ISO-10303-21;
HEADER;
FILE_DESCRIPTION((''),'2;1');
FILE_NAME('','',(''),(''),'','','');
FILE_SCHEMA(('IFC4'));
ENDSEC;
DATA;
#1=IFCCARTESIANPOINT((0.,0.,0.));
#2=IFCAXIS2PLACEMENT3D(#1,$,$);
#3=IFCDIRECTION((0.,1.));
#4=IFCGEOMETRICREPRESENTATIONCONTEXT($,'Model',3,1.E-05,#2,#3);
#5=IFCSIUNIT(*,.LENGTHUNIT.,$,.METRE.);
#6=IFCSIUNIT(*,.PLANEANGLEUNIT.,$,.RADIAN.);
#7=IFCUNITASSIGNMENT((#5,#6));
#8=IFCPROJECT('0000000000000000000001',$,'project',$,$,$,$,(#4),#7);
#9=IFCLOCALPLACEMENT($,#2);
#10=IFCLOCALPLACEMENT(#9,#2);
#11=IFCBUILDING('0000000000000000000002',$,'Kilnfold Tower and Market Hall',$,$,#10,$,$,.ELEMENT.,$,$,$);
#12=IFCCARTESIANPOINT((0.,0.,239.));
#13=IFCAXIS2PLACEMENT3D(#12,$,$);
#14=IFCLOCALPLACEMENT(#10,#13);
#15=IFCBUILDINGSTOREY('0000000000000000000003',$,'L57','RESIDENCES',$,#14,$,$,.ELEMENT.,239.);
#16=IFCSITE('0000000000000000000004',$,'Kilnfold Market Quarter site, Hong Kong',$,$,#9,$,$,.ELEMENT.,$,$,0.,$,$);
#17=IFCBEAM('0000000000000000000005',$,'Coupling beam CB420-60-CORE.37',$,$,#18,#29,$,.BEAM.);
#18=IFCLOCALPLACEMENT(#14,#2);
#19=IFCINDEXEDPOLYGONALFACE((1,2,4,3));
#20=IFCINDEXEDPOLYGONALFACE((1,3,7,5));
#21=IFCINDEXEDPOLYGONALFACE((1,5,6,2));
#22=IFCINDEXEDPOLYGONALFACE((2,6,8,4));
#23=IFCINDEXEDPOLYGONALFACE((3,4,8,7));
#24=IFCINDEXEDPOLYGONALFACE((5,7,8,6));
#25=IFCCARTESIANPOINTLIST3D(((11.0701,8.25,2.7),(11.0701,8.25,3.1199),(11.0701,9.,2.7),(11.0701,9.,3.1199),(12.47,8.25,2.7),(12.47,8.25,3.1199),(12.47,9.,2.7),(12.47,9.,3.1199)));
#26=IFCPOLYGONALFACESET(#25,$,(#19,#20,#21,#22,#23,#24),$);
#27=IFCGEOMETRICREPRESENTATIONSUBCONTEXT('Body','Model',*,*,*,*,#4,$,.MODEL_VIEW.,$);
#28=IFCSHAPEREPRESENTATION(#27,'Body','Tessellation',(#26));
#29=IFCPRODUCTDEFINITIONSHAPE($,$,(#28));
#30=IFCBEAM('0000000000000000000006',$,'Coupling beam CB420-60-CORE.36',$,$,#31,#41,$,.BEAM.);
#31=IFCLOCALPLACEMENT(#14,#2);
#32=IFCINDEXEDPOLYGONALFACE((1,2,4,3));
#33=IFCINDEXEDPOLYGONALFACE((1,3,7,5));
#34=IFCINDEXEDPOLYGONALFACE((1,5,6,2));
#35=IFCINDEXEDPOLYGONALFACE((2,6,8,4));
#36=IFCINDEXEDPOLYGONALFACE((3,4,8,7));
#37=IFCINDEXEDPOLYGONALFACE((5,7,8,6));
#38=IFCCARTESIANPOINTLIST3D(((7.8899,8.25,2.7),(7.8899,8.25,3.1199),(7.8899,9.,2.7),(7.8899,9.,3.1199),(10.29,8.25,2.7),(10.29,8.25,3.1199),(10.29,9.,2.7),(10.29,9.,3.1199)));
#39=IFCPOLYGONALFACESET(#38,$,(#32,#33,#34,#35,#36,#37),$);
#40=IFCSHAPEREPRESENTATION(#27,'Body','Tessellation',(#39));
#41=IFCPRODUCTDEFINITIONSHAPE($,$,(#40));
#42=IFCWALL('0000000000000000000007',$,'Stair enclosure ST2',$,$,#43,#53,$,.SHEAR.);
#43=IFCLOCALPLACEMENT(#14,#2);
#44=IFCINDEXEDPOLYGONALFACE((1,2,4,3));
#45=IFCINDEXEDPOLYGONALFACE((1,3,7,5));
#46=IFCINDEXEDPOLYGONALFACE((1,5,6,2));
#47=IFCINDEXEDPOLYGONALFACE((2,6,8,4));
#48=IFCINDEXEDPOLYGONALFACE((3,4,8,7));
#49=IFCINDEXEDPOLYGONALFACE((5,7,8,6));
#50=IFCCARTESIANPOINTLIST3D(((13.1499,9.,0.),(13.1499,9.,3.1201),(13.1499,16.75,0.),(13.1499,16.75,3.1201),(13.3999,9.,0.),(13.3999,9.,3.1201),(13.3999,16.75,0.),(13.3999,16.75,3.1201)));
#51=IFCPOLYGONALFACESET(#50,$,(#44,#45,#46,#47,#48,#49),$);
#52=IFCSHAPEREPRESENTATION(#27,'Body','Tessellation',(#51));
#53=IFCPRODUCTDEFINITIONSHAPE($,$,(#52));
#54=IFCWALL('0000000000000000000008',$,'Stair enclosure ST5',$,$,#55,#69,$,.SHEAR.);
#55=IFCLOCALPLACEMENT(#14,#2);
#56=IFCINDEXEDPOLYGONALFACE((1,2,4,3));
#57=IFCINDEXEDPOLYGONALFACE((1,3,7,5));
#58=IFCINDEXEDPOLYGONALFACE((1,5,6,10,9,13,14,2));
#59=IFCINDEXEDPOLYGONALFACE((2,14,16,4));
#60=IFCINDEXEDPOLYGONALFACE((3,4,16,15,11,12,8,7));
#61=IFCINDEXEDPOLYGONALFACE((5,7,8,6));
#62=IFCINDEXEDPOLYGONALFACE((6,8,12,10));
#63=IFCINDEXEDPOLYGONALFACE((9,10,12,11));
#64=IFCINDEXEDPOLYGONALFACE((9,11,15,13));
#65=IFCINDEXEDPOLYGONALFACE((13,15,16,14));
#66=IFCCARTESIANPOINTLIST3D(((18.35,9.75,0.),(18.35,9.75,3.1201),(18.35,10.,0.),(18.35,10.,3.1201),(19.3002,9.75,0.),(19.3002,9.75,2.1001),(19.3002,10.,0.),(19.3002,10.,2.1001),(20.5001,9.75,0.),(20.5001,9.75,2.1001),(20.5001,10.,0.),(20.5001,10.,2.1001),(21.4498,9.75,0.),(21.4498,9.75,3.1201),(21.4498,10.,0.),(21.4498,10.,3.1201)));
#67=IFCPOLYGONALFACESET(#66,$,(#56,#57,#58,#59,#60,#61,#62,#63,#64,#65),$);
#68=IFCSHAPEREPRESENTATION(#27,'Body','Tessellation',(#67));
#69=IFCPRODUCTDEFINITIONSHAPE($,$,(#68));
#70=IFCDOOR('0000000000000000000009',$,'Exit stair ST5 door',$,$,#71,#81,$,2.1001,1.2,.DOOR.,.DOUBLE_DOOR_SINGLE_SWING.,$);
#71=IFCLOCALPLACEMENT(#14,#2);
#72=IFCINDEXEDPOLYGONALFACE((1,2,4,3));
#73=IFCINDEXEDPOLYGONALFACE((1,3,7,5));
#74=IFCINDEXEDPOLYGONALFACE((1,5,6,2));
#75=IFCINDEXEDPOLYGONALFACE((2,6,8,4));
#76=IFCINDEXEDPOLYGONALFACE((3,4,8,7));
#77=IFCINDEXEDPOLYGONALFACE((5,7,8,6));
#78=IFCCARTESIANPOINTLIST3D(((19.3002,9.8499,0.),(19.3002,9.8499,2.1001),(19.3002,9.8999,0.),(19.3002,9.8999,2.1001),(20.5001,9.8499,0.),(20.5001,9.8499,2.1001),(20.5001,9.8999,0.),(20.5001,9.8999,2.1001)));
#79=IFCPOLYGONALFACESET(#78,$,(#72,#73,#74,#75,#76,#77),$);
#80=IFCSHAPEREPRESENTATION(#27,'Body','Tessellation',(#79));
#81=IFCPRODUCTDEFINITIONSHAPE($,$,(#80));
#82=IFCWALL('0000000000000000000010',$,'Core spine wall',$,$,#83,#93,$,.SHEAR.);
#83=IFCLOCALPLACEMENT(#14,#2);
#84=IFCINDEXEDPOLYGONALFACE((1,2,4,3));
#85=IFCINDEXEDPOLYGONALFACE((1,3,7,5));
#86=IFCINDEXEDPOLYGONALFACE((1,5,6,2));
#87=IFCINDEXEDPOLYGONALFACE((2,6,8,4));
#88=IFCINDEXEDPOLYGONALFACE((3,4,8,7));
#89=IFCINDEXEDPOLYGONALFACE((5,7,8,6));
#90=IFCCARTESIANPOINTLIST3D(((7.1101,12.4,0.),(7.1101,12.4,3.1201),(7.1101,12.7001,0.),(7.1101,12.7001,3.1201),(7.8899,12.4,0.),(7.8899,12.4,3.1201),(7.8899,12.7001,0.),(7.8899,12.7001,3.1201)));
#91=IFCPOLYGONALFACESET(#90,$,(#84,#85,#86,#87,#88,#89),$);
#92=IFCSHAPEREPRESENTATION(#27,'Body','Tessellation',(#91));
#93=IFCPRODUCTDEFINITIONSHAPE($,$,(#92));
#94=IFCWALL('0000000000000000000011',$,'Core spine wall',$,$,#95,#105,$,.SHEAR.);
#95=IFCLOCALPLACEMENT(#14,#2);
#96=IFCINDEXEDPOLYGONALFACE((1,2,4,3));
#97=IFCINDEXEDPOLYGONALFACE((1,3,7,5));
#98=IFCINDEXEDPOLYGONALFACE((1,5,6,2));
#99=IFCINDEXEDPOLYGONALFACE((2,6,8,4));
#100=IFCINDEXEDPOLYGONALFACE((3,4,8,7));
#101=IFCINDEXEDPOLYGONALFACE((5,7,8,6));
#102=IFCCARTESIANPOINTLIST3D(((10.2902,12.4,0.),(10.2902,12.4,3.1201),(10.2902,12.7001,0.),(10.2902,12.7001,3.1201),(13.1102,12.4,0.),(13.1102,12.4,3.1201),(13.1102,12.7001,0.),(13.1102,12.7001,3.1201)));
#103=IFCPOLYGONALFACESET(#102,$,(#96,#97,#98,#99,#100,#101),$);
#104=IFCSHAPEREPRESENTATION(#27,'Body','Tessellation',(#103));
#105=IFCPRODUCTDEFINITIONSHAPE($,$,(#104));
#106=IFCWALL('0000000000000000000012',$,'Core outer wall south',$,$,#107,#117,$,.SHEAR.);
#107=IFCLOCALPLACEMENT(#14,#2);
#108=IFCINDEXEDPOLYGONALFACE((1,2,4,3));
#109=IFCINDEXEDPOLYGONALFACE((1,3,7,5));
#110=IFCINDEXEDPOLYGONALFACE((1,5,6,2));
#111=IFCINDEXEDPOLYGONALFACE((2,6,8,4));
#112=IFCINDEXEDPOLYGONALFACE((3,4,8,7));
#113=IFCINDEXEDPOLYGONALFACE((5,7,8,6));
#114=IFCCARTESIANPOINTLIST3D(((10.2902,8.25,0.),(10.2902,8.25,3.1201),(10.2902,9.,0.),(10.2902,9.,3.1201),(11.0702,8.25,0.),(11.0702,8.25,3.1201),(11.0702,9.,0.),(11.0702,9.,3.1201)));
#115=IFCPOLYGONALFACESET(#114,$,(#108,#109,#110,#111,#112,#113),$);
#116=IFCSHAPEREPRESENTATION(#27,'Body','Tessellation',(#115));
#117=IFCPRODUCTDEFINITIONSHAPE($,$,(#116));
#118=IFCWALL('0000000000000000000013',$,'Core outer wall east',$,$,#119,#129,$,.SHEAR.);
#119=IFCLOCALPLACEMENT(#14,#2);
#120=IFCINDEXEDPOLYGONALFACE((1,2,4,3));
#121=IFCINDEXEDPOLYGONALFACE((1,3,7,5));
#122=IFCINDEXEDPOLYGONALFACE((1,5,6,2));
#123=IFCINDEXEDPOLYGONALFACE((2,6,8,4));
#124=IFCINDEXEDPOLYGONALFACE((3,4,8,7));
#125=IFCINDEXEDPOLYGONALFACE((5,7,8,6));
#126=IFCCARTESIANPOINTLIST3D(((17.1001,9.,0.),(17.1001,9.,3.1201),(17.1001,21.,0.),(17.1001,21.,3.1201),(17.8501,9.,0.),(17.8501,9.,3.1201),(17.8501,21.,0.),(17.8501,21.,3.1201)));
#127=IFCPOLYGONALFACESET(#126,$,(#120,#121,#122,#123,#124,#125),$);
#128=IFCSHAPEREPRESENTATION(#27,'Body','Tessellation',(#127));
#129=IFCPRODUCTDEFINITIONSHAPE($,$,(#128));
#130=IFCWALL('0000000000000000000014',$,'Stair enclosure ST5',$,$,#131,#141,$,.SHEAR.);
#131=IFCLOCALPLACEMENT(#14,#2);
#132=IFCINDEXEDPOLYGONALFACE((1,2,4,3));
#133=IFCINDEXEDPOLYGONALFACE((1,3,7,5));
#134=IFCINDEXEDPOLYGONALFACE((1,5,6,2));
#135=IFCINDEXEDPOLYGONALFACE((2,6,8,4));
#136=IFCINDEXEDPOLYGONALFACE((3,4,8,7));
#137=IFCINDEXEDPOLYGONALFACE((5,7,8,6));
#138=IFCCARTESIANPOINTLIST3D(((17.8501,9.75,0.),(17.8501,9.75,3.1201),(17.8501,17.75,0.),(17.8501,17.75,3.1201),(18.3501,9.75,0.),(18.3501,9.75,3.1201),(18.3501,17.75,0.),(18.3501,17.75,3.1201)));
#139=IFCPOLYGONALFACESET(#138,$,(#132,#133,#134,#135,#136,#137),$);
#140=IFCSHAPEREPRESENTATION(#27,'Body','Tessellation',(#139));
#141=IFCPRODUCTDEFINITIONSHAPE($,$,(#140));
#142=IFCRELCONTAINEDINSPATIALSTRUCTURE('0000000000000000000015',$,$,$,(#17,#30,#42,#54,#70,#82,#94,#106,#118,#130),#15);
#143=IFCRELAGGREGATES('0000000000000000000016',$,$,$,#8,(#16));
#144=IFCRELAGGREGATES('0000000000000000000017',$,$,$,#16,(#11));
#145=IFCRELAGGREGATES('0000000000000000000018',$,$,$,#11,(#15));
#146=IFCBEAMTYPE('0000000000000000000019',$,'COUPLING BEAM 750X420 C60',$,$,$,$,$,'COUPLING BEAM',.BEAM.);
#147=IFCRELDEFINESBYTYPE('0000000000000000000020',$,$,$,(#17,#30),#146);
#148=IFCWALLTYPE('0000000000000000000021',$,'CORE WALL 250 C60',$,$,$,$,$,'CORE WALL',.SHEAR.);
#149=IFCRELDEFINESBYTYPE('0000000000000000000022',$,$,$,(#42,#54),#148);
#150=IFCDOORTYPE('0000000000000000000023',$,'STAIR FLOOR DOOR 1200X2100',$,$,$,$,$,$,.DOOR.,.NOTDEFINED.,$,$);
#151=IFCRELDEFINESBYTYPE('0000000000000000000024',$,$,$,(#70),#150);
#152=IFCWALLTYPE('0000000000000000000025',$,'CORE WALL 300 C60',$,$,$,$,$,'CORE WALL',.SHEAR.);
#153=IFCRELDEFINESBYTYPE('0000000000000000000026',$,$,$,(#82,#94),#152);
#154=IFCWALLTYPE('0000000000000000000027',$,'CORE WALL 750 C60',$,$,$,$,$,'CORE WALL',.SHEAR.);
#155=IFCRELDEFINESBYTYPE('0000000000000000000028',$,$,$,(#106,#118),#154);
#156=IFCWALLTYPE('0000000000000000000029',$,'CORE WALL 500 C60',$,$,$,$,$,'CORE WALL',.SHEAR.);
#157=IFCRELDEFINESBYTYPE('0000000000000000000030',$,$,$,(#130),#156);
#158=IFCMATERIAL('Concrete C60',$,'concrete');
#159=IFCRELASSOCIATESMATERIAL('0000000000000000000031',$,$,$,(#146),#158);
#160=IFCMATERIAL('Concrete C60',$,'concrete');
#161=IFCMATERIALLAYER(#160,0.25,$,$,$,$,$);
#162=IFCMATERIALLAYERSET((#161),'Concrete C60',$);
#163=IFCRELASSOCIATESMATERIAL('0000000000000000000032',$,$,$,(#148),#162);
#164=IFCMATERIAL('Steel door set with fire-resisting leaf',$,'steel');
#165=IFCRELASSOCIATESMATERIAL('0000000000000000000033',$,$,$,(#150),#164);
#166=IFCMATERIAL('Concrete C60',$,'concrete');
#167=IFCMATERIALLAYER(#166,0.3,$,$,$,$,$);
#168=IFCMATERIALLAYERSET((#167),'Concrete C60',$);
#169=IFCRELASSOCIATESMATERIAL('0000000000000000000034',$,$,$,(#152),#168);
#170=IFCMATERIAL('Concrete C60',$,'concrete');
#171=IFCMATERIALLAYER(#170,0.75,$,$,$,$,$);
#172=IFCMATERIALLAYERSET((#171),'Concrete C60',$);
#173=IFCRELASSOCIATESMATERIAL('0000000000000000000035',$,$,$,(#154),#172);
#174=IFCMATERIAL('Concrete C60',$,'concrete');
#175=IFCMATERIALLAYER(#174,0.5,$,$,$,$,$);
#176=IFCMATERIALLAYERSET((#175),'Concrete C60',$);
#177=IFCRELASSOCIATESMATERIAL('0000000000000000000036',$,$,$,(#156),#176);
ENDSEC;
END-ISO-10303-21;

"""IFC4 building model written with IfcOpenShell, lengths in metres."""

from ifc_helpers import new_model, si_unit, direction, frame, frame_2d, origin, origin_2d, place, context, subcontext, project, spatial, rectangle, extrude, source, transform, mapped, material, layer, layer_set, material_profile, profile_set, type_object, element, fill, save


model = new_model("IFC4")

# Units and contexts
model_context = context("Model", 3, precision=1e-05, world=origin(), true_north=direction((0.0, 1.0)))
body_context = subcontext(model_context, "Body", "Model", "MODEL_VIEW")
ifc_project = project(units=[si_unit("LENGTHUNIT", "METRE"), si_unit("PLANEANGLEUNIT", "RADIAN")], contexts=[model_context])

# Site, building, storey
site_placement = place(None, origin())
site = spatial("IfcSite", under=ifc_project, at=site_placement, Name="Kilnfold Market Quarter site, Hong Kong", CompositionType="ELEMENT", RefElevation=0.0)
building_placement = place(site_placement, origin())
building = spatial("IfcBuilding", under=site, at=building_placement, Name="Kilnfold Tower and Market Hall", CompositionType="ELEMENT")
storey_placement = place(building_placement, frame((0.0, 0.0, 239.0)))
storey = spatial("IfcBuildingStorey", under=building, at=storey_placement, Name="L57", Description="RESIDENCES", CompositionType="ELEMENT", Elevation=239.0)

# Beams
ifc_material_1 = material(Name="Concrete C60", Category="concrete")
ifc_material_profile = material_profile(ifc_material_1, rectangle(XDim=0.75, YDim=0.4199, at=origin_2d()), Name="RC 750x420")
ifc_profile_set = profile_set([ifc_material_profile], Name="Concrete C60")
beam_type = type_object("IfcBeamType", Name="COUPLING BEAM 750X420 C60", ElementType="COUPLING BEAM", PredefinedType="BEAM", material=ifc_profile_set)
shared_shape_1 = source(origin(), body_context, "Body", "SweptSolid", [
    extrude(rectangle(XDim=0.75, YDim=0.4199, at=origin_2d()), origin(), (0.0, 0.0, 1.0), 1.3999),
])
beam_1_placement = place(storey_placement, frame((11.0701, 8.625, 2.9099), z_axis=(1.0, 0.0, 0.0), x_axis=(0.0, 1.0, 0.0)))
element("IfcBeam", 1, at=beam_1_placement, inside=storey, type_object=beam_type, Name="Coupling beam CB420-60-CORE.37", PredefinedType="BEAM", context=body_context, shape_type="MappedRepresentation", body=[
    mapped(shared_shape_1, transform((0.0, 0.0, 0.0))),
])
shared_shape_2 = source(origin(), body_context, "Body", "SweptSolid", [
    extrude(rectangle(XDim=0.75, YDim=0.4199, at=origin_2d()), origin(), (0.0, 0.0, 1.0), 2.4001),
])
beam_2_placement = place(storey_placement, frame((7.8899, 8.625, 2.9099), z_axis=(1.0, 0.0, 0.0), x_axis=(0.0, 1.0, 0.0)))
element("IfcBeam", 2, at=beam_2_placement, inside=storey, type_object=beam_type, Name="Coupling beam CB420-60-CORE.36", PredefinedType="BEAM", context=body_context, shape_type="MappedRepresentation", body=[
    mapped(shared_shape_2, transform((0.0, 0.0, 0.0))),
])

# Wall
ifc_material_2 = material(Name="Concrete C60", Category="concrete")
ifc_layer_1 = layer(ifc_material_2, 0.25)
ifc_layer_set_1 = layer_set([ifc_layer_1], Name="Concrete C60")
wall_type_1 = type_object("IfcWallType", Name="CORE WALL 250 C60", ElementType="CORE WALL", PredefinedType="SHEAR", material=ifc_layer_set_1)
shared_shape_3 = source(origin(), body_context, "Body", "SweptSolid", [
    extrude(rectangle(XDim=7.75, YDim=0.25, at=frame_2d((3.875, 0.0))), origin(), (0.0, 0.0, 1.0), 3.1201),
])
wall_1_placement = place(storey_placement, frame((13.2749, 9.0, 0.0), z_axis=(0.0, 0.0, 1.0), x_axis=(0.0, 1.0, 0.0)))
element("IfcWall", 3, at=wall_1_placement, inside=storey, type_object=wall_type_1, Name="Stair enclosure ST2", PredefinedType="SHEAR", context=body_context, shape_type="MappedRepresentation", body=[
    mapped(shared_shape_3, transform((0.0, 0.0, 0.0))),
])

# Wall, opening, door
shared_shape_4 = source(origin(), body_context, "Body", "SweptSolid", [
    extrude(rectangle(XDim=3.0999, YDim=0.25, at=frame_2d((1.5498, 0.0))), origin(), (0.0, 0.0, 1.0), 3.1201),
])
wall_2_placement = place(storey_placement, frame((18.3501, 9.875, 0.0), z_axis=(0.0, 0.0, 1.0), x_axis=(1.0, 0.0, 0.0)))
wall_2 = element("IfcWall", 4, at=wall_2_placement, inside=storey, type_object=wall_type_1, Name="Stair enclosure ST5", PredefinedType="SHEAR", context=body_context, shape_type="MappedRepresentation", body=[
    mapped(shared_shape_4, transform((0.0, 0.0, 0.0))),
])
opening_1_placement = place(wall_2_placement, frame((0.95, 0.0, 0.0)))
opening_1 = element("IfcOpeningElement", 5, at=opening_1_placement, cuts=wall_2, PredefinedType="OPENING", context=body_context, shape_type="SweptSolid", body=[
    extrude(rectangle(XDim=1.2, YDim=2.1001, at=frame_2d((0.6001, 1.05))), frame((0.0, 0.135, 0.0), z_axis=(0.0, -1.0, 0.0), x_axis=(1.0, 0.0, 0.0)), (0.0, 0.0, 1.0), 0.27),
])
ifc_material_3 = material(Name="Steel door set with fire-resisting leaf", Category="steel")
door_type_1 = type_object("IfcDoorType", Name="STAIR FLOOR DOOR 1200X2100", OperationType="NOTDEFINED", PredefinedType="DOOR", material=ifc_material_3)
door_1_placement = place(opening_1_placement, origin())
door_1 = element("IfcDoor", 6, at=door_1_placement, inside=storey, type_object=door_type_1, Name="Exit stair ST5 door", OperationType="DOUBLE_DOOR_SINGLE_SWING", OverallHeight=2.1001, OverallWidth=1.2, PredefinedType="DOOR", context=body_context, shape_type="SweptSolid", body=[
    extrude(rectangle(XDim=1.2, YDim=2.1001, at=frame_2d((0.6001, 1.05))), frame((0.0, 0.0249, 0.0), z_axis=(0.0, -1.0, 0.0), x_axis=(1.0, 0.0, 0.0)), (0.0, 0.0, 1.0), 0.05),
])
fill(opening_1, door_1)

# Walls
ifc_material_4 = material(Name="Concrete C60", Category="concrete")
ifc_layer_2 = layer(ifc_material_4, 0.3)
ifc_layer_set_2 = layer_set([ifc_layer_2], Name="Concrete C60")
wall_type_2 = type_object("IfcWallType", Name="CORE WALL 300 C60", ElementType="CORE WALL", PredefinedType="SHEAR", material=ifc_layer_set_2)
shared_shape_5 = source(origin(), body_context, "Body", "SweptSolid", [
    extrude(rectangle(XDim=0.7798, YDim=0.3, at=frame_2d((0.3899, 0.0))), origin(), (0.0, 0.0, 1.0), 3.1201),
])
wall_3_placement = place(storey_placement, frame((7.1101, 12.55, 0.0), z_axis=(0.0, 0.0, 1.0), x_axis=(1.0, 0.0, 0.0)))
element("IfcWall", 7, at=wall_3_placement, inside=storey, type_object=wall_type_2, Name="Core spine wall", PredefinedType="SHEAR", context=body_context, shape_type="MappedRepresentation", body=[
    mapped(shared_shape_5, transform((0.0, 0.0, 0.0))),
])
shared_shape_6 = source(origin(), body_context, "Body", "SweptSolid", [
    extrude(rectangle(XDim=2.8201, YDim=0.3, at=frame_2d((1.4102, 0.0))), origin(), (0.0, 0.0, 1.0), 3.1201),
])
wall_4_placement = place(storey_placement, frame((10.29, 12.55, 0.0), z_axis=(0.0, 0.0, 1.0), x_axis=(1.0, 0.0, 0.0)))
element("IfcWall", 8, at=wall_4_placement, inside=storey, type_object=wall_type_2, Name="Core spine wall", PredefinedType="SHEAR", context=body_context, shape_type="MappedRepresentation", body=[
    mapped(shared_shape_6, transform((0.0, 0.0, 0.0))),
])
ifc_material_5 = material(Name="Concrete C60", Category="concrete")
ifc_layer_3 = layer(ifc_material_5, 0.75)
ifc_layer_set_3 = layer_set([ifc_layer_3], Name="Concrete C60")
wall_type_3 = type_object("IfcWallType", Name="CORE WALL 750 C60", ElementType="CORE WALL", PredefinedType="SHEAR", material=ifc_layer_set_3)
shared_shape_7 = source(origin(), body_context, "Body", "SweptSolid", [
    extrude(rectangle(XDim=0.78, YDim=0.75, at=frame_2d((0.3901, 0.0))), origin(), (0.0, 0.0, 1.0), 3.1201),
])
wall_5_placement = place(storey_placement, frame((10.29, 8.625, 0.0), z_axis=(0.0, 0.0, 1.0), x_axis=(1.0, 0.0, 0.0)))
element("IfcWall", 9, at=wall_5_placement, inside=storey, type_object=wall_type_3, Name="Core outer wall south", PredefinedType="SHEAR", context=body_context, shape_type="MappedRepresentation", body=[
    mapped(shared_shape_7, transform((0.0, 0.0, 0.0))),
])

# Walls
shared_shape_8 = source(origin(), body_context, "Body", "SweptSolid", [
    extrude(rectangle(XDim=12.0, YDim=0.75, at=frame_2d((6.0, 0.0))), origin(), (0.0, 0.0, 1.0), 3.1201),
])
wall_6_placement = place(storey_placement, frame((17.4751, 9.0, 0.0), z_axis=(0.0, 0.0, 1.0), x_axis=(0.0, 1.0, 0.0)))
element("IfcWall", 10, at=wall_6_placement, inside=storey, type_object=wall_type_3, Name="Core outer wall east", PredefinedType="SHEAR", context=body_context, shape_type="MappedRepresentation", body=[
    mapped(shared_shape_8, transform((0.0, 0.0, 0.0))),
])
ifc_material_6 = material(Name="Concrete C60", Category="concrete")
ifc_layer_4 = layer(ifc_material_6, 0.5)
ifc_layer_set_4 = layer_set([ifc_layer_4], Name="Concrete C60")
wall_type_4 = type_object("IfcWallType", Name="CORE WALL 500 C60", ElementType="CORE WALL", PredefinedType="SHEAR", material=ifc_layer_set_4)
shared_shape_9 = source(origin(), body_context, "Body", "SweptSolid", [
    extrude(rectangle(XDim=8.0, YDim=0.5, at=frame_2d((4.0, 0.0))), origin(), (0.0, 0.0, 1.0), 3.1201),
])
wall_7_placement = place(storey_placement, frame((18.1001, 9.75, 0.0), z_axis=(0.0, 0.0, 1.0), x_axis=(0.0, 1.0, 0.0)))
element("IfcWall", 11, at=wall_7_placement, inside=storey, type_object=wall_type_4, Name="Stair enclosure ST5", PredefinedType="SHEAR", context=body_context, shape_type="MappedRepresentation", body=[
    mapped(shared_shape_9, transform((0.0, 0.0, 0.0))),
])

save(model, "model.ifc")
